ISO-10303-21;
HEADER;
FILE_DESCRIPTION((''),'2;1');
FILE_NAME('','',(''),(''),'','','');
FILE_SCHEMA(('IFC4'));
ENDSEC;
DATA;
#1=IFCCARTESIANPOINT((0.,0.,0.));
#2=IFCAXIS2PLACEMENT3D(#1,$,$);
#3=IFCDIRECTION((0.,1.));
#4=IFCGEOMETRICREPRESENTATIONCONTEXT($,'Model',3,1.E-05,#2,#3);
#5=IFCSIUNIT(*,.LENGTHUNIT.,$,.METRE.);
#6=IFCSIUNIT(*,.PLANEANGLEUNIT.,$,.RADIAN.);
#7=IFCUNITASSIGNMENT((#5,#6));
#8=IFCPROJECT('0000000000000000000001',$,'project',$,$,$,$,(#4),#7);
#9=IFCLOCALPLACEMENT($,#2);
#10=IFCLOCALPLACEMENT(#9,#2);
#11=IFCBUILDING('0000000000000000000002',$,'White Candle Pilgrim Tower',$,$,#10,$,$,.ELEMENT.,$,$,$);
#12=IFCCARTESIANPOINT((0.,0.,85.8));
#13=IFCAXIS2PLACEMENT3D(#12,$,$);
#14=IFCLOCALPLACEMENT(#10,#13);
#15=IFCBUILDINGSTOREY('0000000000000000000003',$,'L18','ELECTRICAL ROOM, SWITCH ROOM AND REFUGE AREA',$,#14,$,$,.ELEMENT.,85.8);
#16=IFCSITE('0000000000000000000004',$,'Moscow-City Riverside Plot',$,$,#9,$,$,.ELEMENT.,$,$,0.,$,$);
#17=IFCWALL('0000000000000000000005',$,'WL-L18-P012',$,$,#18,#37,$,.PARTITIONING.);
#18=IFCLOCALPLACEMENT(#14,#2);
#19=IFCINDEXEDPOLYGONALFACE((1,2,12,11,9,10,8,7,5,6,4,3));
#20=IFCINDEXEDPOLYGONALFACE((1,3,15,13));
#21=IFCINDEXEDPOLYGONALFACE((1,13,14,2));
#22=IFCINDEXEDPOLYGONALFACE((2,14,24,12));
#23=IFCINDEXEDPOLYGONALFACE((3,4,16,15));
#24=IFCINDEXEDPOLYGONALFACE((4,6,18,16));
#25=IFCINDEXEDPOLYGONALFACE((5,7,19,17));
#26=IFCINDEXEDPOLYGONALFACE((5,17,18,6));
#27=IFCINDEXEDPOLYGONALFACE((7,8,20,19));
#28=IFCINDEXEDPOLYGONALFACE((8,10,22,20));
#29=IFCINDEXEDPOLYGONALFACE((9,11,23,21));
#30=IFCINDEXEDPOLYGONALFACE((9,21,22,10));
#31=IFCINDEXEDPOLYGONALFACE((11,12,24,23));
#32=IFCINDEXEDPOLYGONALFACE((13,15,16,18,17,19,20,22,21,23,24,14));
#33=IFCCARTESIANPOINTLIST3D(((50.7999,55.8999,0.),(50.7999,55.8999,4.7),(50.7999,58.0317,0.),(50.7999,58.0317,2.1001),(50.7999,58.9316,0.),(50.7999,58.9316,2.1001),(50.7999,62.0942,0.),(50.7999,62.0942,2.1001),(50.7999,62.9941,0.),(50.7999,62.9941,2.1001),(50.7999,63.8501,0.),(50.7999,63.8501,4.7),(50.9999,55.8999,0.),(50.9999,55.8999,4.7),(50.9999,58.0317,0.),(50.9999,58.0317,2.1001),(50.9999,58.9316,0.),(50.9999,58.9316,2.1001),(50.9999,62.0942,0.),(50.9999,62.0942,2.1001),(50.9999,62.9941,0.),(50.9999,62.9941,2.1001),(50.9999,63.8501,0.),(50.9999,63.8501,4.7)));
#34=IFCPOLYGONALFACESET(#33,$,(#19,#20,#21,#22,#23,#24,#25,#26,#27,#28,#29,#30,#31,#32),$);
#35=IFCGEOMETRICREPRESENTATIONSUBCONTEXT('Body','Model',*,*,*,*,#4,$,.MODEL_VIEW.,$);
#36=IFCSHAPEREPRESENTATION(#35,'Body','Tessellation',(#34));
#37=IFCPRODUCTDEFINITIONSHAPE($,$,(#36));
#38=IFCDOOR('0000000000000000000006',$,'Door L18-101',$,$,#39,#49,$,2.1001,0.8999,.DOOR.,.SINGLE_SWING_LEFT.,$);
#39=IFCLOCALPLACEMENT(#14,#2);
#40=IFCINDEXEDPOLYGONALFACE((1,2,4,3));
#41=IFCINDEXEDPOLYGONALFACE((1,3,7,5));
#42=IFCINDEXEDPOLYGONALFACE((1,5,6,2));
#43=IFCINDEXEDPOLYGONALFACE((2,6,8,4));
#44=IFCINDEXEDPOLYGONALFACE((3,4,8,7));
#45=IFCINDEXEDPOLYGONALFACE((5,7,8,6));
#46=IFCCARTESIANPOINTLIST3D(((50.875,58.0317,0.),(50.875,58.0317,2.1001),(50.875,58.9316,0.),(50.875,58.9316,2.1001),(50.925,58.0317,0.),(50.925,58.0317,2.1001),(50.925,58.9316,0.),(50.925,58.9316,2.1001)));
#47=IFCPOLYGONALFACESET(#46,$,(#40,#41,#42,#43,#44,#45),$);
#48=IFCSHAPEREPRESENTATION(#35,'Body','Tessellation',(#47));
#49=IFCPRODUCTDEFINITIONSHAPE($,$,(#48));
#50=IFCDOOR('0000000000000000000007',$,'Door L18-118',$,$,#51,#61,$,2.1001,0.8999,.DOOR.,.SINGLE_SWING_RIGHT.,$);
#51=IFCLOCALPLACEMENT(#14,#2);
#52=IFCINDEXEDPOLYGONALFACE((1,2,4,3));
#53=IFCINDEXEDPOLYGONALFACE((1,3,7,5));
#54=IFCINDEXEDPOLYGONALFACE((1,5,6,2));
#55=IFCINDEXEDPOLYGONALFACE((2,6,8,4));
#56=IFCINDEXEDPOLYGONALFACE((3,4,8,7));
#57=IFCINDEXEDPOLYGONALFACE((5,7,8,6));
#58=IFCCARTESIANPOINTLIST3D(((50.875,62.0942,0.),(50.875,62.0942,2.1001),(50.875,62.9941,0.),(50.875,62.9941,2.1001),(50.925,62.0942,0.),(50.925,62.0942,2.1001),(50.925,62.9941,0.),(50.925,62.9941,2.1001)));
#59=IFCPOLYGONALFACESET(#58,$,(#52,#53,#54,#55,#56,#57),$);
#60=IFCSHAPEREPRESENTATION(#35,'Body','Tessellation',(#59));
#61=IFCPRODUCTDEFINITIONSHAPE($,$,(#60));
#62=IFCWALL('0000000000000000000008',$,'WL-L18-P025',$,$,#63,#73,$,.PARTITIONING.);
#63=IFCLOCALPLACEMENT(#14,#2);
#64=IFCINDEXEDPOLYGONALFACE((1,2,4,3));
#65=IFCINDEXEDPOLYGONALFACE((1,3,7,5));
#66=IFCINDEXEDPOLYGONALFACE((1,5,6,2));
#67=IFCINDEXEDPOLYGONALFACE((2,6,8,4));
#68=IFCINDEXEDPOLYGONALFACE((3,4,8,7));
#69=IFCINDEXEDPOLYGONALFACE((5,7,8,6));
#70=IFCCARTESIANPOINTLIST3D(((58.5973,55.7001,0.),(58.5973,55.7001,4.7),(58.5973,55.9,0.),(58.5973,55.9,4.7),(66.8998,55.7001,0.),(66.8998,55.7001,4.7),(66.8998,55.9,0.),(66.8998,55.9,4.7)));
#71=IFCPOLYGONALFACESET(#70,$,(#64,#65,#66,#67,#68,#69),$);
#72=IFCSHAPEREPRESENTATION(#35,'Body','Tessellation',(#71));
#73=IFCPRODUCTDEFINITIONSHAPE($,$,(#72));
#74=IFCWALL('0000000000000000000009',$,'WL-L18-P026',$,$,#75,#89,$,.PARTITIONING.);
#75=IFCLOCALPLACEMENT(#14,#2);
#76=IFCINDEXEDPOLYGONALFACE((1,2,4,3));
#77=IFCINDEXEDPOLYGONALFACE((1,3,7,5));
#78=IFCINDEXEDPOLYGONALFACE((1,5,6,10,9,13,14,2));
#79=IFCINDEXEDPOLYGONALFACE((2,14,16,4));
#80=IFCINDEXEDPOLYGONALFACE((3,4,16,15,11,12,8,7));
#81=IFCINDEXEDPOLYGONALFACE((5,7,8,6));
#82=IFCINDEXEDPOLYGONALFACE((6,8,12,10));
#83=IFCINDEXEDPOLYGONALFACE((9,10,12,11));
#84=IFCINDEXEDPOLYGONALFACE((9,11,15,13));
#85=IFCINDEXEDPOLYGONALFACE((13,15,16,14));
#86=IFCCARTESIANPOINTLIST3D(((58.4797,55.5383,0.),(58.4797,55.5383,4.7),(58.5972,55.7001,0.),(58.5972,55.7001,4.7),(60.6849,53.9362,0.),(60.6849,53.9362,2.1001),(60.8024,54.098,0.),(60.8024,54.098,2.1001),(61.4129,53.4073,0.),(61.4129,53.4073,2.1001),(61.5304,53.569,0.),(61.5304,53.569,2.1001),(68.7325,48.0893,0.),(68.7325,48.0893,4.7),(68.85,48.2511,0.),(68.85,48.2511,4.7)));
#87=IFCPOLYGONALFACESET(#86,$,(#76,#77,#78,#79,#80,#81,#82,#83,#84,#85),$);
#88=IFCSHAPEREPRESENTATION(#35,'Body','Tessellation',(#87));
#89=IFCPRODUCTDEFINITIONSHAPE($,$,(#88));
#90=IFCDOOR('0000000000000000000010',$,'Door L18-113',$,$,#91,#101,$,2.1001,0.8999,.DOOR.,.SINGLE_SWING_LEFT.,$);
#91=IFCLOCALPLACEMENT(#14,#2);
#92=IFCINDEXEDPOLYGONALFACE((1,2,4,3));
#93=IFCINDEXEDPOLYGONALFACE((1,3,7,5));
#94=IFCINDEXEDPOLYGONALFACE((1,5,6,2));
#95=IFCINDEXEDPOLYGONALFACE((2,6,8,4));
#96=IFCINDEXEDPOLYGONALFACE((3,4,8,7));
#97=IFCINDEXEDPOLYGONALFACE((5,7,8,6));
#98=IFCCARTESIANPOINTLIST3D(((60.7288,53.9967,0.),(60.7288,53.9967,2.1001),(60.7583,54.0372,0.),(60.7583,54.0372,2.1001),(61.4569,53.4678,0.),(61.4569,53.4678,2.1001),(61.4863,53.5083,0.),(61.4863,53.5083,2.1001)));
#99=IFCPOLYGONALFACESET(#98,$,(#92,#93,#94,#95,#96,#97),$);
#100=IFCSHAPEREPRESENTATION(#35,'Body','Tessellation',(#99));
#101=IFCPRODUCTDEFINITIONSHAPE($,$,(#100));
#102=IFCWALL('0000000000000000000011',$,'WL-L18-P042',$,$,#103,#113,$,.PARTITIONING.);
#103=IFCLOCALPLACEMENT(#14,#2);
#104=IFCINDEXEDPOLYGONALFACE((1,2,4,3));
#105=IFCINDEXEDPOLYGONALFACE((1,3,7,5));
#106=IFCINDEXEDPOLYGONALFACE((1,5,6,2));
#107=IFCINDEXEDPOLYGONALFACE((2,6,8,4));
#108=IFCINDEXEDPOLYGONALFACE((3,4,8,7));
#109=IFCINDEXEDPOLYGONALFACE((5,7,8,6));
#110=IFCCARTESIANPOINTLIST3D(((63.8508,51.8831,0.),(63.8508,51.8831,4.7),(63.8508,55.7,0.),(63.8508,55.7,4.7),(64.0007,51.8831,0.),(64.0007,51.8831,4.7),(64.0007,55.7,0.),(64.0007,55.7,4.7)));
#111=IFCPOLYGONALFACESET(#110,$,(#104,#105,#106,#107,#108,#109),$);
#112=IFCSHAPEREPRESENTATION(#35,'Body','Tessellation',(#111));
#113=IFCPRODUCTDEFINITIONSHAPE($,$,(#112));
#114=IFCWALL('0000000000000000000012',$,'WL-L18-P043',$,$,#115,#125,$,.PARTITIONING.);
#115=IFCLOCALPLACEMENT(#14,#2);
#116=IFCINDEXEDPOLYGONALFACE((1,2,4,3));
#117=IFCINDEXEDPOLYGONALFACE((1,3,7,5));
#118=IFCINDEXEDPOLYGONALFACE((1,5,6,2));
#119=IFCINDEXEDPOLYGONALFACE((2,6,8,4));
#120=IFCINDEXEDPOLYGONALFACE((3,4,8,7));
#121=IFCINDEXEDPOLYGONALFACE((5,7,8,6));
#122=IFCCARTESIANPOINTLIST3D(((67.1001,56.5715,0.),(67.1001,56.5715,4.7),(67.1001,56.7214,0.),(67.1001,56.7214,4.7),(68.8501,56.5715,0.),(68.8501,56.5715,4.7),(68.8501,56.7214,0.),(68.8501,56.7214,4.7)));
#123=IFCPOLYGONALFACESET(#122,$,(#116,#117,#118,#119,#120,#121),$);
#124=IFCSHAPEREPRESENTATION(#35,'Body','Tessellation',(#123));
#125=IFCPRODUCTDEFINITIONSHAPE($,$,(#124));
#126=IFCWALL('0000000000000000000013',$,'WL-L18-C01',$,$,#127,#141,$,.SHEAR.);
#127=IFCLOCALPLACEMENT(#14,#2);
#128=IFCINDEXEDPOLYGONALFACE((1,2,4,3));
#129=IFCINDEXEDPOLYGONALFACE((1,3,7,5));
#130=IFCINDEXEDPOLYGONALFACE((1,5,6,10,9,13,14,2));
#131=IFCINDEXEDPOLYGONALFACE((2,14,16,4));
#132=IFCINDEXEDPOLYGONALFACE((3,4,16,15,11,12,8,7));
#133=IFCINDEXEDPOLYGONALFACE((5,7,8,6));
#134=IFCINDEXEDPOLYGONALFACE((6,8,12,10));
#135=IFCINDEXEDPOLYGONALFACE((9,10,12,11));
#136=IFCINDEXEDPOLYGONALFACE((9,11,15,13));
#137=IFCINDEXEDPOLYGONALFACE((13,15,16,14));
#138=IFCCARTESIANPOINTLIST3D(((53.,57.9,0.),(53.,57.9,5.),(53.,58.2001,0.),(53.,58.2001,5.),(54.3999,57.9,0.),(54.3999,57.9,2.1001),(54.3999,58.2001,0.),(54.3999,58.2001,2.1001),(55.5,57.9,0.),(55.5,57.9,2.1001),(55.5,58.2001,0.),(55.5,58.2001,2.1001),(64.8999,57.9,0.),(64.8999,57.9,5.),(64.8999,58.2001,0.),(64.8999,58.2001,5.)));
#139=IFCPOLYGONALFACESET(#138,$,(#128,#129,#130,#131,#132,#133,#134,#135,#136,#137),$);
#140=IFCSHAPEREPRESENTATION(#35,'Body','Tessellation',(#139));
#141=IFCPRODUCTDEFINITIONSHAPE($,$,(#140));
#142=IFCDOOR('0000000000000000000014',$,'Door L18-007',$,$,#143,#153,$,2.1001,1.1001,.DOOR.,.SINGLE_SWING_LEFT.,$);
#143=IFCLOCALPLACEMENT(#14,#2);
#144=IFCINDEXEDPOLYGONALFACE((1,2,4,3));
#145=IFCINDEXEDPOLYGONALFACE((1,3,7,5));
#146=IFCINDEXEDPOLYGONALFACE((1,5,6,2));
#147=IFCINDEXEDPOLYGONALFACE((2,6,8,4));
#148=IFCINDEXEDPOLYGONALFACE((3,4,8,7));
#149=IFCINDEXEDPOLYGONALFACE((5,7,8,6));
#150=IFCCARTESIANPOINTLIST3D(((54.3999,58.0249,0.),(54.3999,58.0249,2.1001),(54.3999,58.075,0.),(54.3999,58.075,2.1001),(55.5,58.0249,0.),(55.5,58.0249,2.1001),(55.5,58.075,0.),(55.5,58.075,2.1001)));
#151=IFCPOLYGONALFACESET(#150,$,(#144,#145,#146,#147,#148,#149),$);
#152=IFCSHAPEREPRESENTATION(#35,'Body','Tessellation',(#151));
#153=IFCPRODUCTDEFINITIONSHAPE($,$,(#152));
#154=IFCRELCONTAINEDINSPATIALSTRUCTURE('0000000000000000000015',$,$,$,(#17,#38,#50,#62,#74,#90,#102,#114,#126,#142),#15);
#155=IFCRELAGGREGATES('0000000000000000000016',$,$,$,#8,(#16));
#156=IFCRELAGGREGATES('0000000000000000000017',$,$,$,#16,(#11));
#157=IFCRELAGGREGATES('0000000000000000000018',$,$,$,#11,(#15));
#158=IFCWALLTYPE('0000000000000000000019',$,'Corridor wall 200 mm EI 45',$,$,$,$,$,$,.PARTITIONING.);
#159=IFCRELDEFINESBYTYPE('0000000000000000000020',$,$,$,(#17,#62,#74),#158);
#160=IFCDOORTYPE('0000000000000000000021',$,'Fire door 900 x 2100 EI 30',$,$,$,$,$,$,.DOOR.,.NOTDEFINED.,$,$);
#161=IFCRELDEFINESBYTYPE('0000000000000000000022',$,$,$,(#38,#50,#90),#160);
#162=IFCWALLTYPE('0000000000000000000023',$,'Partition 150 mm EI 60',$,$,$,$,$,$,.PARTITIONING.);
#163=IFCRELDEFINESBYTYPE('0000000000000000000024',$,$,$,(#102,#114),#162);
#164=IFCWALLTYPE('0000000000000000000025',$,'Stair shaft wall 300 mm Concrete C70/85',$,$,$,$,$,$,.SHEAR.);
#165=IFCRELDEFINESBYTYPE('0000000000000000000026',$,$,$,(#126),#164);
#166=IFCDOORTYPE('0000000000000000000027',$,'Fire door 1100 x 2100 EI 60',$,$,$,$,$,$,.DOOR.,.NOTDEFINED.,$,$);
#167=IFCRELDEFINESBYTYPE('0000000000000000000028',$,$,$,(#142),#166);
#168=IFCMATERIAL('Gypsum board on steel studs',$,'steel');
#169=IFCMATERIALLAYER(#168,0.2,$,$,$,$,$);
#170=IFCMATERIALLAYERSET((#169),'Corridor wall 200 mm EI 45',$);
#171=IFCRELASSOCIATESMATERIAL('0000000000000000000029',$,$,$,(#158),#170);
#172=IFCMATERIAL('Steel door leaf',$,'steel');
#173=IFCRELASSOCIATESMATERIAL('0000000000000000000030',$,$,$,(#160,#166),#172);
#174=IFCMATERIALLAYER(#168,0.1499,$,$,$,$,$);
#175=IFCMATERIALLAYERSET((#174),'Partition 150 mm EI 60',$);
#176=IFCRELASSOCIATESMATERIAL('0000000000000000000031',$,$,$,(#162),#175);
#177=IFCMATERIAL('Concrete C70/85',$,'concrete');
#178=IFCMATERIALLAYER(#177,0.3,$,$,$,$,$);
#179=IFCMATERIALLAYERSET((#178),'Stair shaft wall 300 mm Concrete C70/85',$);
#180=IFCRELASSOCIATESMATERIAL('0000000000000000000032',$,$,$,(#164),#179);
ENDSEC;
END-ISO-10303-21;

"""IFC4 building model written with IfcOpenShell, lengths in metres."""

from ifc_helpers import new_model, si_unit, direction, frame, frame_2d, origin, place, context, subcontext, project, spatial, rectangle, extrude, material, layer, layer_set, type_object, element, fill, save


model = new_model("IFC4")

# Units and contexts
model_context = context("Model", 3, precision=1e-05, world=origin(), true_north=direction((0.0, 1.0)))
body_context = subcontext(model_context, "Body", "Model", "MODEL_VIEW")
ifc_project = project(units=[si_unit("LENGTHUNIT", "METRE"), si_unit("PLANEANGLEUNIT", "RADIAN")], contexts=[model_context])

# Site, building, storey
site_placement = place(None, origin())
site = spatial("IfcSite", under=ifc_project, at=site_placement, Name="Moscow-City Riverside Plot", CompositionType="ELEMENT", RefElevation=0.0)
building_placement = place(site_placement, origin())
building = spatial("IfcBuilding", under=site, at=building_placement, Name="White Candle Pilgrim Tower", CompositionType="ELEMENT")
storey_placement = place(building_placement, frame((0.0, 0.0, 85.8)))
storey = spatial("IfcBuildingStorey", under=building, at=storey_placement, Name="L18", Description="ELECTRICAL ROOM, SWITCH ROOM AND REFUGE AREA", CompositionType="ELEMENT", Elevation=85.8)

# Shared definitions
ifc_material_1 = material(Name="Concrete C70/85", Category="concrete")
ifc_material_2 = material(Name="Gypsum board on steel studs", Category="steel")
ifc_layer_1 = layer(ifc_material_2, 0.2)
ifc_layer_set_1 = layer_set([ifc_layer_1], Name="Corridor wall 200 mm EI 45")
wall_type_1 = type_object("IfcWallType", Name="Corridor wall 200 mm EI 45", PredefinedType="PARTITIONING", material=ifc_layer_set_1)

# Wall, openings, doors
wall_1_placement = place(storey_placement, frame((50.8999, 55.8999, 0.0), z_axis=(0.0, 0.0, 1.0), x_axis=(0.0, 1.0, 0.0)))
wall_1 = element("IfcWall", 1, at=wall_1_placement, inside=storey, type_object=wall_type_1, Name="WL-L18-P012", PredefinedType="PARTITIONING", context=body_context, shape_type="SweptSolid", body=[
    extrude(rectangle(XDim=7.9502, YDim=0.2, at=frame_2d((3.9751, 0.0))), origin(), (0.0, 0.0, 1.0), 4.7),
])
opening_1_placement = place(wall_1_placement, frame((2.1318, 0.0, 0.0)))
opening_1 = element("IfcOpeningElement", 2, at=opening_1_placement, cuts=wall_1, PredefinedType="OPENING", context=body_context, shape_type="SweptSolid", body=[
    extrude(rectangle(XDim=0.8999, YDim=2.1001, at=frame_2d((0.45, 1.05))), frame((0.0, 0.1099, 0.0), z_axis=(0.0, -1.0, 0.0), x_axis=(1.0, 0.0, 0.0)), (0.0, 0.0, 1.0), 0.22),
])
opening_2_placement = place(wall_1_placement, frame((6.1943, 0.0, 0.0)))
opening_2 = element("IfcOpeningElement", 3, at=opening_2_placement, cuts=wall_1, PredefinedType="OPENING", context=body_context, shape_type="SweptSolid", body=[
    extrude(rectangle(XDim=0.8999, YDim=2.1001, at=frame_2d((0.45, 1.05))), frame((0.0, 0.1099, 0.0), z_axis=(0.0, -1.0, 0.0), x_axis=(1.0, 0.0, 0.0)), (0.0, 0.0, 1.0), 0.22),
])
ifc_material_3 = material(Name="Steel door leaf", Category="steel")
door_type_1 = type_object("IfcDoorType", Name="Fire door 900 x 2100 EI 30", OperationType="NOTDEFINED", PredefinedType="DOOR", material=ifc_material_3)
door_1_placement = place(opening_1_placement, origin())
door_1 = element("IfcDoor", 4, at=door_1_placement, inside=storey, type_object=door_type_1, Name="Door L18-101", OperationType="SINGLE_SWING_LEFT", OverallHeight=2.1001, OverallWidth=0.8999, PredefinedType="DOOR", context=body_context, shape_type="SweptSolid", body=[
    extrude(rectangle(XDim=0.8999, YDim=2.1001, at=frame_2d((0.45, 1.05))), frame((0.0, 0.0249, 0.0), z_axis=(0.0, -1.0, 0.0), x_axis=(1.0, 0.0, 0.0)), (0.0, 0.0, 1.0), 0.05),
])
fill(opening_1, door_1)
door_2_placement = place(opening_2_placement, origin())
door_2 = element("IfcDoor", 5, at=door_2_placement, inside=storey, type_object=door_type_1, Name="Door L18-118", OperationType="SINGLE_SWING_RIGHT", OverallHeight=2.1001, OverallWidth=0.8999, PredefinedType="DOOR", context=body_context, shape_type="SweptSolid", body=[
    extrude(rectangle(XDim=0.8999, YDim=2.1001, at=frame_2d((0.45, 1.05))), frame((0.0, 0.0249, 0.0), z_axis=(0.0, -1.0, 0.0), x_axis=(1.0, 0.0, 0.0)), (0.0, 0.0, 1.0), 0.05),
])
fill(opening_2, door_2)

# Wall
wall_2_placement = place(storey_placement, frame((66.8999, 55.8, 0.0), z_axis=(0.0, 0.0, 1.0), x_axis=(-1.0, 0.0, 0.0)))
element("IfcWall", 6, at=wall_2_placement, inside=storey, type_object=wall_type_1, Name="WL-L18-P025", PredefinedType="PARTITIONING", context=body_context, shape_type="SweptSolid", body=[
    extrude(rectangle(XDim=8.3025, YDim=0.2, at=frame_2d((4.1514, 0.0))), origin(), (0.0, 0.0, 1.0), 4.7),
])

# Wall, opening, door
wall_3_placement = place(storey_placement, frame((58.5386, 55.6191, 0.0), z_axis=(0.0, 0.0, 1.0), x_axis=(0.809018, -0.587783, 0.0)))
wall_3 = element("IfcWall", 7, at=wall_3_placement, inside=storey, type_object=wall_type_1, Name="WL-L18-P026", PredefinedType="PARTITIONING", context=body_context, shape_type="SweptSolid", body=[
    extrude(rectangle(XDim=12.6731, YDim=0.2, at=frame_2d((6.3364, 0.0))), origin(), (0.0, 0.0, 1.0), 4.7),
])
opening_3_placement = place(wall_3_placement, frame((2.7256, 0.0, 0.0)))
opening_3 = element("IfcOpeningElement", 8, at=opening_3_placement, cuts=wall_3, PredefinedType="OPENING", context=body_context, shape_type="SweptSolid", body=[
    extrude(rectangle(XDim=0.8999, YDim=2.1001, at=frame_2d((0.45, 1.05))), frame((0.0, 0.1099, 0.0), z_axis=(0.0, -1.0, 0.0), x_axis=(1.0, 0.0, 0.0)), (0.0, 0.0, 1.0), 0.22),
])
door_3_placement = place(opening_3_placement, origin())
door_3 = element("IfcDoor", 9, at=door_3_placement, inside=storey, type_object=door_type_1, Name="Door L18-113", OperationType="SINGLE_SWING_LEFT", OverallHeight=2.1001, OverallWidth=0.8999, PredefinedType="DOOR", context=body_context, shape_type="SweptSolid", body=[
    extrude(rectangle(XDim=0.8999, YDim=2.1001, at=frame_2d((0.45, 1.05))), frame((0.0, 0.0249, 0.0), z_axis=(0.0, -1.0, 0.0), x_axis=(1.0, 0.0, 0.0)), (0.0, 0.0, 1.0), 0.05),
])
fill(opening_3, door_3)

# Walls
ifc_layer_2 = layer(ifc_material_2, 0.1499)
ifc_layer_set_2 = layer_set([ifc_layer_2], Name="Partition 150 mm EI 60")
wall_type_2 = type_object("IfcWallType", Name="Partition 150 mm EI 60", PredefinedType="PARTITIONING", material=ifc_layer_set_2)
wall_4_placement = place(storey_placement, frame((63.9258, 51.8831, 0.0), z_axis=(0.0, 0.0, 1.0), x_axis=(0.0, 1.0, 0.0)))
element("IfcWall", 10, at=wall_4_placement, inside=storey, type_object=wall_type_2, Name="WL-L18-P042", PredefinedType="PARTITIONING", context=body_context, shape_type="SweptSolid", body=[
    extrude(rectangle(XDim=3.8169, YDim=0.1499, at=frame_2d((1.9084, 0.0))), origin(), (0.0, 0.0, 1.0), 4.7),
])
wall_5_placement = place(storey_placement, frame((67.1001, 56.6465, 0.0), z_axis=(0.0, 0.0, 1.0), x_axis=(1.0, 0.0, 0.0)))
element("IfcWall", 11, at=wall_5_placement, inside=storey, type_object=wall_type_2, Name="WL-L18-P043", PredefinedType="PARTITIONING", context=body_context, shape_type="SweptSolid", body=[
    extrude(rectangle(XDim=1.75, YDim=0.1499, at=frame_2d((0.875, 0.0))), origin(), (0.0, 0.0, 1.0), 4.7),
])

# Wall, opening, door
ifc_layer_3 = layer(ifc_material_1, 0.3)
ifc_layer_set_3 = layer_set([ifc_layer_3], Name="Stair shaft wall 300 mm Concrete C70/85")
wall_type_3 = type_object("IfcWallType", Name="Stair shaft wall 300 mm Concrete C70/85", PredefinedType="SHEAR", material=ifc_layer_set_3)
wall_6_placement = place(storey_placement, frame((53.0, 58.05, 0.0), z_axis=(0.0, 0.0, 1.0), x_axis=(1.0, 0.0, 0.0)))
wall_6 = element("IfcWall", 12, at=wall_6_placement, inside=storey, type_object=wall_type_3, Name="WL-L18-C01", PredefinedType="SHEAR", context=body_context, shape_type="SweptSolid", body=[
    extrude(rectangle(XDim=11.8999, YDim=0.3, at=frame_2d((5.95, 0.0))), origin(), (0.0, 0.0, 1.0), 5.0),
])
opening_4_placement = place(wall_6_placement, frame((1.3999, 0.0, 0.0)))
opening_4 = element("IfcOpeningElement", 13, at=opening_4_placement, cuts=wall_6, PredefinedType="OPENING", context=body_context, shape_type="SweptSolid", body=[
    extrude(rectangle(XDim=1.1001, YDim=2.1001, at=frame_2d((0.55, 1.05))), frame((0.0, 0.1599, 0.0), z_axis=(0.0, -1.0, 0.0), x_axis=(1.0, 0.0, 0.0)), (0.0, 0.0, 1.0), 0.3201),
])
door_type_2 = type_object("IfcDoorType", Name="Fire door 1100 x 2100 EI 60", OperationType="NOTDEFINED", PredefinedType="DOOR", material=ifc_material_3)
door_4_placement = place(opening_4_placement, origin())
door_4 = element("IfcDoor", 14, at=door_4_placement, inside=storey, type_object=door_type_2, Name="Door L18-007", OperationType="SINGLE_SWING_LEFT", OverallHeight=2.1001, OverallWidth=1.1001, PredefinedType="DOOR", context=body_context, shape_type="SweptSolid", body=[
    extrude(rectangle(XDim=1.1001, YDim=2.1001, at=frame_2d((0.55, 1.05))), frame((0.0, 0.0249, 0.0), z_axis=(0.0, -1.0, 0.0), x_axis=(1.0, 0.0, 0.0)), (0.0, 0.0, 1.0), 0.05),
])
fill(opening_4, door_4)

save(model, "model.ifc")
